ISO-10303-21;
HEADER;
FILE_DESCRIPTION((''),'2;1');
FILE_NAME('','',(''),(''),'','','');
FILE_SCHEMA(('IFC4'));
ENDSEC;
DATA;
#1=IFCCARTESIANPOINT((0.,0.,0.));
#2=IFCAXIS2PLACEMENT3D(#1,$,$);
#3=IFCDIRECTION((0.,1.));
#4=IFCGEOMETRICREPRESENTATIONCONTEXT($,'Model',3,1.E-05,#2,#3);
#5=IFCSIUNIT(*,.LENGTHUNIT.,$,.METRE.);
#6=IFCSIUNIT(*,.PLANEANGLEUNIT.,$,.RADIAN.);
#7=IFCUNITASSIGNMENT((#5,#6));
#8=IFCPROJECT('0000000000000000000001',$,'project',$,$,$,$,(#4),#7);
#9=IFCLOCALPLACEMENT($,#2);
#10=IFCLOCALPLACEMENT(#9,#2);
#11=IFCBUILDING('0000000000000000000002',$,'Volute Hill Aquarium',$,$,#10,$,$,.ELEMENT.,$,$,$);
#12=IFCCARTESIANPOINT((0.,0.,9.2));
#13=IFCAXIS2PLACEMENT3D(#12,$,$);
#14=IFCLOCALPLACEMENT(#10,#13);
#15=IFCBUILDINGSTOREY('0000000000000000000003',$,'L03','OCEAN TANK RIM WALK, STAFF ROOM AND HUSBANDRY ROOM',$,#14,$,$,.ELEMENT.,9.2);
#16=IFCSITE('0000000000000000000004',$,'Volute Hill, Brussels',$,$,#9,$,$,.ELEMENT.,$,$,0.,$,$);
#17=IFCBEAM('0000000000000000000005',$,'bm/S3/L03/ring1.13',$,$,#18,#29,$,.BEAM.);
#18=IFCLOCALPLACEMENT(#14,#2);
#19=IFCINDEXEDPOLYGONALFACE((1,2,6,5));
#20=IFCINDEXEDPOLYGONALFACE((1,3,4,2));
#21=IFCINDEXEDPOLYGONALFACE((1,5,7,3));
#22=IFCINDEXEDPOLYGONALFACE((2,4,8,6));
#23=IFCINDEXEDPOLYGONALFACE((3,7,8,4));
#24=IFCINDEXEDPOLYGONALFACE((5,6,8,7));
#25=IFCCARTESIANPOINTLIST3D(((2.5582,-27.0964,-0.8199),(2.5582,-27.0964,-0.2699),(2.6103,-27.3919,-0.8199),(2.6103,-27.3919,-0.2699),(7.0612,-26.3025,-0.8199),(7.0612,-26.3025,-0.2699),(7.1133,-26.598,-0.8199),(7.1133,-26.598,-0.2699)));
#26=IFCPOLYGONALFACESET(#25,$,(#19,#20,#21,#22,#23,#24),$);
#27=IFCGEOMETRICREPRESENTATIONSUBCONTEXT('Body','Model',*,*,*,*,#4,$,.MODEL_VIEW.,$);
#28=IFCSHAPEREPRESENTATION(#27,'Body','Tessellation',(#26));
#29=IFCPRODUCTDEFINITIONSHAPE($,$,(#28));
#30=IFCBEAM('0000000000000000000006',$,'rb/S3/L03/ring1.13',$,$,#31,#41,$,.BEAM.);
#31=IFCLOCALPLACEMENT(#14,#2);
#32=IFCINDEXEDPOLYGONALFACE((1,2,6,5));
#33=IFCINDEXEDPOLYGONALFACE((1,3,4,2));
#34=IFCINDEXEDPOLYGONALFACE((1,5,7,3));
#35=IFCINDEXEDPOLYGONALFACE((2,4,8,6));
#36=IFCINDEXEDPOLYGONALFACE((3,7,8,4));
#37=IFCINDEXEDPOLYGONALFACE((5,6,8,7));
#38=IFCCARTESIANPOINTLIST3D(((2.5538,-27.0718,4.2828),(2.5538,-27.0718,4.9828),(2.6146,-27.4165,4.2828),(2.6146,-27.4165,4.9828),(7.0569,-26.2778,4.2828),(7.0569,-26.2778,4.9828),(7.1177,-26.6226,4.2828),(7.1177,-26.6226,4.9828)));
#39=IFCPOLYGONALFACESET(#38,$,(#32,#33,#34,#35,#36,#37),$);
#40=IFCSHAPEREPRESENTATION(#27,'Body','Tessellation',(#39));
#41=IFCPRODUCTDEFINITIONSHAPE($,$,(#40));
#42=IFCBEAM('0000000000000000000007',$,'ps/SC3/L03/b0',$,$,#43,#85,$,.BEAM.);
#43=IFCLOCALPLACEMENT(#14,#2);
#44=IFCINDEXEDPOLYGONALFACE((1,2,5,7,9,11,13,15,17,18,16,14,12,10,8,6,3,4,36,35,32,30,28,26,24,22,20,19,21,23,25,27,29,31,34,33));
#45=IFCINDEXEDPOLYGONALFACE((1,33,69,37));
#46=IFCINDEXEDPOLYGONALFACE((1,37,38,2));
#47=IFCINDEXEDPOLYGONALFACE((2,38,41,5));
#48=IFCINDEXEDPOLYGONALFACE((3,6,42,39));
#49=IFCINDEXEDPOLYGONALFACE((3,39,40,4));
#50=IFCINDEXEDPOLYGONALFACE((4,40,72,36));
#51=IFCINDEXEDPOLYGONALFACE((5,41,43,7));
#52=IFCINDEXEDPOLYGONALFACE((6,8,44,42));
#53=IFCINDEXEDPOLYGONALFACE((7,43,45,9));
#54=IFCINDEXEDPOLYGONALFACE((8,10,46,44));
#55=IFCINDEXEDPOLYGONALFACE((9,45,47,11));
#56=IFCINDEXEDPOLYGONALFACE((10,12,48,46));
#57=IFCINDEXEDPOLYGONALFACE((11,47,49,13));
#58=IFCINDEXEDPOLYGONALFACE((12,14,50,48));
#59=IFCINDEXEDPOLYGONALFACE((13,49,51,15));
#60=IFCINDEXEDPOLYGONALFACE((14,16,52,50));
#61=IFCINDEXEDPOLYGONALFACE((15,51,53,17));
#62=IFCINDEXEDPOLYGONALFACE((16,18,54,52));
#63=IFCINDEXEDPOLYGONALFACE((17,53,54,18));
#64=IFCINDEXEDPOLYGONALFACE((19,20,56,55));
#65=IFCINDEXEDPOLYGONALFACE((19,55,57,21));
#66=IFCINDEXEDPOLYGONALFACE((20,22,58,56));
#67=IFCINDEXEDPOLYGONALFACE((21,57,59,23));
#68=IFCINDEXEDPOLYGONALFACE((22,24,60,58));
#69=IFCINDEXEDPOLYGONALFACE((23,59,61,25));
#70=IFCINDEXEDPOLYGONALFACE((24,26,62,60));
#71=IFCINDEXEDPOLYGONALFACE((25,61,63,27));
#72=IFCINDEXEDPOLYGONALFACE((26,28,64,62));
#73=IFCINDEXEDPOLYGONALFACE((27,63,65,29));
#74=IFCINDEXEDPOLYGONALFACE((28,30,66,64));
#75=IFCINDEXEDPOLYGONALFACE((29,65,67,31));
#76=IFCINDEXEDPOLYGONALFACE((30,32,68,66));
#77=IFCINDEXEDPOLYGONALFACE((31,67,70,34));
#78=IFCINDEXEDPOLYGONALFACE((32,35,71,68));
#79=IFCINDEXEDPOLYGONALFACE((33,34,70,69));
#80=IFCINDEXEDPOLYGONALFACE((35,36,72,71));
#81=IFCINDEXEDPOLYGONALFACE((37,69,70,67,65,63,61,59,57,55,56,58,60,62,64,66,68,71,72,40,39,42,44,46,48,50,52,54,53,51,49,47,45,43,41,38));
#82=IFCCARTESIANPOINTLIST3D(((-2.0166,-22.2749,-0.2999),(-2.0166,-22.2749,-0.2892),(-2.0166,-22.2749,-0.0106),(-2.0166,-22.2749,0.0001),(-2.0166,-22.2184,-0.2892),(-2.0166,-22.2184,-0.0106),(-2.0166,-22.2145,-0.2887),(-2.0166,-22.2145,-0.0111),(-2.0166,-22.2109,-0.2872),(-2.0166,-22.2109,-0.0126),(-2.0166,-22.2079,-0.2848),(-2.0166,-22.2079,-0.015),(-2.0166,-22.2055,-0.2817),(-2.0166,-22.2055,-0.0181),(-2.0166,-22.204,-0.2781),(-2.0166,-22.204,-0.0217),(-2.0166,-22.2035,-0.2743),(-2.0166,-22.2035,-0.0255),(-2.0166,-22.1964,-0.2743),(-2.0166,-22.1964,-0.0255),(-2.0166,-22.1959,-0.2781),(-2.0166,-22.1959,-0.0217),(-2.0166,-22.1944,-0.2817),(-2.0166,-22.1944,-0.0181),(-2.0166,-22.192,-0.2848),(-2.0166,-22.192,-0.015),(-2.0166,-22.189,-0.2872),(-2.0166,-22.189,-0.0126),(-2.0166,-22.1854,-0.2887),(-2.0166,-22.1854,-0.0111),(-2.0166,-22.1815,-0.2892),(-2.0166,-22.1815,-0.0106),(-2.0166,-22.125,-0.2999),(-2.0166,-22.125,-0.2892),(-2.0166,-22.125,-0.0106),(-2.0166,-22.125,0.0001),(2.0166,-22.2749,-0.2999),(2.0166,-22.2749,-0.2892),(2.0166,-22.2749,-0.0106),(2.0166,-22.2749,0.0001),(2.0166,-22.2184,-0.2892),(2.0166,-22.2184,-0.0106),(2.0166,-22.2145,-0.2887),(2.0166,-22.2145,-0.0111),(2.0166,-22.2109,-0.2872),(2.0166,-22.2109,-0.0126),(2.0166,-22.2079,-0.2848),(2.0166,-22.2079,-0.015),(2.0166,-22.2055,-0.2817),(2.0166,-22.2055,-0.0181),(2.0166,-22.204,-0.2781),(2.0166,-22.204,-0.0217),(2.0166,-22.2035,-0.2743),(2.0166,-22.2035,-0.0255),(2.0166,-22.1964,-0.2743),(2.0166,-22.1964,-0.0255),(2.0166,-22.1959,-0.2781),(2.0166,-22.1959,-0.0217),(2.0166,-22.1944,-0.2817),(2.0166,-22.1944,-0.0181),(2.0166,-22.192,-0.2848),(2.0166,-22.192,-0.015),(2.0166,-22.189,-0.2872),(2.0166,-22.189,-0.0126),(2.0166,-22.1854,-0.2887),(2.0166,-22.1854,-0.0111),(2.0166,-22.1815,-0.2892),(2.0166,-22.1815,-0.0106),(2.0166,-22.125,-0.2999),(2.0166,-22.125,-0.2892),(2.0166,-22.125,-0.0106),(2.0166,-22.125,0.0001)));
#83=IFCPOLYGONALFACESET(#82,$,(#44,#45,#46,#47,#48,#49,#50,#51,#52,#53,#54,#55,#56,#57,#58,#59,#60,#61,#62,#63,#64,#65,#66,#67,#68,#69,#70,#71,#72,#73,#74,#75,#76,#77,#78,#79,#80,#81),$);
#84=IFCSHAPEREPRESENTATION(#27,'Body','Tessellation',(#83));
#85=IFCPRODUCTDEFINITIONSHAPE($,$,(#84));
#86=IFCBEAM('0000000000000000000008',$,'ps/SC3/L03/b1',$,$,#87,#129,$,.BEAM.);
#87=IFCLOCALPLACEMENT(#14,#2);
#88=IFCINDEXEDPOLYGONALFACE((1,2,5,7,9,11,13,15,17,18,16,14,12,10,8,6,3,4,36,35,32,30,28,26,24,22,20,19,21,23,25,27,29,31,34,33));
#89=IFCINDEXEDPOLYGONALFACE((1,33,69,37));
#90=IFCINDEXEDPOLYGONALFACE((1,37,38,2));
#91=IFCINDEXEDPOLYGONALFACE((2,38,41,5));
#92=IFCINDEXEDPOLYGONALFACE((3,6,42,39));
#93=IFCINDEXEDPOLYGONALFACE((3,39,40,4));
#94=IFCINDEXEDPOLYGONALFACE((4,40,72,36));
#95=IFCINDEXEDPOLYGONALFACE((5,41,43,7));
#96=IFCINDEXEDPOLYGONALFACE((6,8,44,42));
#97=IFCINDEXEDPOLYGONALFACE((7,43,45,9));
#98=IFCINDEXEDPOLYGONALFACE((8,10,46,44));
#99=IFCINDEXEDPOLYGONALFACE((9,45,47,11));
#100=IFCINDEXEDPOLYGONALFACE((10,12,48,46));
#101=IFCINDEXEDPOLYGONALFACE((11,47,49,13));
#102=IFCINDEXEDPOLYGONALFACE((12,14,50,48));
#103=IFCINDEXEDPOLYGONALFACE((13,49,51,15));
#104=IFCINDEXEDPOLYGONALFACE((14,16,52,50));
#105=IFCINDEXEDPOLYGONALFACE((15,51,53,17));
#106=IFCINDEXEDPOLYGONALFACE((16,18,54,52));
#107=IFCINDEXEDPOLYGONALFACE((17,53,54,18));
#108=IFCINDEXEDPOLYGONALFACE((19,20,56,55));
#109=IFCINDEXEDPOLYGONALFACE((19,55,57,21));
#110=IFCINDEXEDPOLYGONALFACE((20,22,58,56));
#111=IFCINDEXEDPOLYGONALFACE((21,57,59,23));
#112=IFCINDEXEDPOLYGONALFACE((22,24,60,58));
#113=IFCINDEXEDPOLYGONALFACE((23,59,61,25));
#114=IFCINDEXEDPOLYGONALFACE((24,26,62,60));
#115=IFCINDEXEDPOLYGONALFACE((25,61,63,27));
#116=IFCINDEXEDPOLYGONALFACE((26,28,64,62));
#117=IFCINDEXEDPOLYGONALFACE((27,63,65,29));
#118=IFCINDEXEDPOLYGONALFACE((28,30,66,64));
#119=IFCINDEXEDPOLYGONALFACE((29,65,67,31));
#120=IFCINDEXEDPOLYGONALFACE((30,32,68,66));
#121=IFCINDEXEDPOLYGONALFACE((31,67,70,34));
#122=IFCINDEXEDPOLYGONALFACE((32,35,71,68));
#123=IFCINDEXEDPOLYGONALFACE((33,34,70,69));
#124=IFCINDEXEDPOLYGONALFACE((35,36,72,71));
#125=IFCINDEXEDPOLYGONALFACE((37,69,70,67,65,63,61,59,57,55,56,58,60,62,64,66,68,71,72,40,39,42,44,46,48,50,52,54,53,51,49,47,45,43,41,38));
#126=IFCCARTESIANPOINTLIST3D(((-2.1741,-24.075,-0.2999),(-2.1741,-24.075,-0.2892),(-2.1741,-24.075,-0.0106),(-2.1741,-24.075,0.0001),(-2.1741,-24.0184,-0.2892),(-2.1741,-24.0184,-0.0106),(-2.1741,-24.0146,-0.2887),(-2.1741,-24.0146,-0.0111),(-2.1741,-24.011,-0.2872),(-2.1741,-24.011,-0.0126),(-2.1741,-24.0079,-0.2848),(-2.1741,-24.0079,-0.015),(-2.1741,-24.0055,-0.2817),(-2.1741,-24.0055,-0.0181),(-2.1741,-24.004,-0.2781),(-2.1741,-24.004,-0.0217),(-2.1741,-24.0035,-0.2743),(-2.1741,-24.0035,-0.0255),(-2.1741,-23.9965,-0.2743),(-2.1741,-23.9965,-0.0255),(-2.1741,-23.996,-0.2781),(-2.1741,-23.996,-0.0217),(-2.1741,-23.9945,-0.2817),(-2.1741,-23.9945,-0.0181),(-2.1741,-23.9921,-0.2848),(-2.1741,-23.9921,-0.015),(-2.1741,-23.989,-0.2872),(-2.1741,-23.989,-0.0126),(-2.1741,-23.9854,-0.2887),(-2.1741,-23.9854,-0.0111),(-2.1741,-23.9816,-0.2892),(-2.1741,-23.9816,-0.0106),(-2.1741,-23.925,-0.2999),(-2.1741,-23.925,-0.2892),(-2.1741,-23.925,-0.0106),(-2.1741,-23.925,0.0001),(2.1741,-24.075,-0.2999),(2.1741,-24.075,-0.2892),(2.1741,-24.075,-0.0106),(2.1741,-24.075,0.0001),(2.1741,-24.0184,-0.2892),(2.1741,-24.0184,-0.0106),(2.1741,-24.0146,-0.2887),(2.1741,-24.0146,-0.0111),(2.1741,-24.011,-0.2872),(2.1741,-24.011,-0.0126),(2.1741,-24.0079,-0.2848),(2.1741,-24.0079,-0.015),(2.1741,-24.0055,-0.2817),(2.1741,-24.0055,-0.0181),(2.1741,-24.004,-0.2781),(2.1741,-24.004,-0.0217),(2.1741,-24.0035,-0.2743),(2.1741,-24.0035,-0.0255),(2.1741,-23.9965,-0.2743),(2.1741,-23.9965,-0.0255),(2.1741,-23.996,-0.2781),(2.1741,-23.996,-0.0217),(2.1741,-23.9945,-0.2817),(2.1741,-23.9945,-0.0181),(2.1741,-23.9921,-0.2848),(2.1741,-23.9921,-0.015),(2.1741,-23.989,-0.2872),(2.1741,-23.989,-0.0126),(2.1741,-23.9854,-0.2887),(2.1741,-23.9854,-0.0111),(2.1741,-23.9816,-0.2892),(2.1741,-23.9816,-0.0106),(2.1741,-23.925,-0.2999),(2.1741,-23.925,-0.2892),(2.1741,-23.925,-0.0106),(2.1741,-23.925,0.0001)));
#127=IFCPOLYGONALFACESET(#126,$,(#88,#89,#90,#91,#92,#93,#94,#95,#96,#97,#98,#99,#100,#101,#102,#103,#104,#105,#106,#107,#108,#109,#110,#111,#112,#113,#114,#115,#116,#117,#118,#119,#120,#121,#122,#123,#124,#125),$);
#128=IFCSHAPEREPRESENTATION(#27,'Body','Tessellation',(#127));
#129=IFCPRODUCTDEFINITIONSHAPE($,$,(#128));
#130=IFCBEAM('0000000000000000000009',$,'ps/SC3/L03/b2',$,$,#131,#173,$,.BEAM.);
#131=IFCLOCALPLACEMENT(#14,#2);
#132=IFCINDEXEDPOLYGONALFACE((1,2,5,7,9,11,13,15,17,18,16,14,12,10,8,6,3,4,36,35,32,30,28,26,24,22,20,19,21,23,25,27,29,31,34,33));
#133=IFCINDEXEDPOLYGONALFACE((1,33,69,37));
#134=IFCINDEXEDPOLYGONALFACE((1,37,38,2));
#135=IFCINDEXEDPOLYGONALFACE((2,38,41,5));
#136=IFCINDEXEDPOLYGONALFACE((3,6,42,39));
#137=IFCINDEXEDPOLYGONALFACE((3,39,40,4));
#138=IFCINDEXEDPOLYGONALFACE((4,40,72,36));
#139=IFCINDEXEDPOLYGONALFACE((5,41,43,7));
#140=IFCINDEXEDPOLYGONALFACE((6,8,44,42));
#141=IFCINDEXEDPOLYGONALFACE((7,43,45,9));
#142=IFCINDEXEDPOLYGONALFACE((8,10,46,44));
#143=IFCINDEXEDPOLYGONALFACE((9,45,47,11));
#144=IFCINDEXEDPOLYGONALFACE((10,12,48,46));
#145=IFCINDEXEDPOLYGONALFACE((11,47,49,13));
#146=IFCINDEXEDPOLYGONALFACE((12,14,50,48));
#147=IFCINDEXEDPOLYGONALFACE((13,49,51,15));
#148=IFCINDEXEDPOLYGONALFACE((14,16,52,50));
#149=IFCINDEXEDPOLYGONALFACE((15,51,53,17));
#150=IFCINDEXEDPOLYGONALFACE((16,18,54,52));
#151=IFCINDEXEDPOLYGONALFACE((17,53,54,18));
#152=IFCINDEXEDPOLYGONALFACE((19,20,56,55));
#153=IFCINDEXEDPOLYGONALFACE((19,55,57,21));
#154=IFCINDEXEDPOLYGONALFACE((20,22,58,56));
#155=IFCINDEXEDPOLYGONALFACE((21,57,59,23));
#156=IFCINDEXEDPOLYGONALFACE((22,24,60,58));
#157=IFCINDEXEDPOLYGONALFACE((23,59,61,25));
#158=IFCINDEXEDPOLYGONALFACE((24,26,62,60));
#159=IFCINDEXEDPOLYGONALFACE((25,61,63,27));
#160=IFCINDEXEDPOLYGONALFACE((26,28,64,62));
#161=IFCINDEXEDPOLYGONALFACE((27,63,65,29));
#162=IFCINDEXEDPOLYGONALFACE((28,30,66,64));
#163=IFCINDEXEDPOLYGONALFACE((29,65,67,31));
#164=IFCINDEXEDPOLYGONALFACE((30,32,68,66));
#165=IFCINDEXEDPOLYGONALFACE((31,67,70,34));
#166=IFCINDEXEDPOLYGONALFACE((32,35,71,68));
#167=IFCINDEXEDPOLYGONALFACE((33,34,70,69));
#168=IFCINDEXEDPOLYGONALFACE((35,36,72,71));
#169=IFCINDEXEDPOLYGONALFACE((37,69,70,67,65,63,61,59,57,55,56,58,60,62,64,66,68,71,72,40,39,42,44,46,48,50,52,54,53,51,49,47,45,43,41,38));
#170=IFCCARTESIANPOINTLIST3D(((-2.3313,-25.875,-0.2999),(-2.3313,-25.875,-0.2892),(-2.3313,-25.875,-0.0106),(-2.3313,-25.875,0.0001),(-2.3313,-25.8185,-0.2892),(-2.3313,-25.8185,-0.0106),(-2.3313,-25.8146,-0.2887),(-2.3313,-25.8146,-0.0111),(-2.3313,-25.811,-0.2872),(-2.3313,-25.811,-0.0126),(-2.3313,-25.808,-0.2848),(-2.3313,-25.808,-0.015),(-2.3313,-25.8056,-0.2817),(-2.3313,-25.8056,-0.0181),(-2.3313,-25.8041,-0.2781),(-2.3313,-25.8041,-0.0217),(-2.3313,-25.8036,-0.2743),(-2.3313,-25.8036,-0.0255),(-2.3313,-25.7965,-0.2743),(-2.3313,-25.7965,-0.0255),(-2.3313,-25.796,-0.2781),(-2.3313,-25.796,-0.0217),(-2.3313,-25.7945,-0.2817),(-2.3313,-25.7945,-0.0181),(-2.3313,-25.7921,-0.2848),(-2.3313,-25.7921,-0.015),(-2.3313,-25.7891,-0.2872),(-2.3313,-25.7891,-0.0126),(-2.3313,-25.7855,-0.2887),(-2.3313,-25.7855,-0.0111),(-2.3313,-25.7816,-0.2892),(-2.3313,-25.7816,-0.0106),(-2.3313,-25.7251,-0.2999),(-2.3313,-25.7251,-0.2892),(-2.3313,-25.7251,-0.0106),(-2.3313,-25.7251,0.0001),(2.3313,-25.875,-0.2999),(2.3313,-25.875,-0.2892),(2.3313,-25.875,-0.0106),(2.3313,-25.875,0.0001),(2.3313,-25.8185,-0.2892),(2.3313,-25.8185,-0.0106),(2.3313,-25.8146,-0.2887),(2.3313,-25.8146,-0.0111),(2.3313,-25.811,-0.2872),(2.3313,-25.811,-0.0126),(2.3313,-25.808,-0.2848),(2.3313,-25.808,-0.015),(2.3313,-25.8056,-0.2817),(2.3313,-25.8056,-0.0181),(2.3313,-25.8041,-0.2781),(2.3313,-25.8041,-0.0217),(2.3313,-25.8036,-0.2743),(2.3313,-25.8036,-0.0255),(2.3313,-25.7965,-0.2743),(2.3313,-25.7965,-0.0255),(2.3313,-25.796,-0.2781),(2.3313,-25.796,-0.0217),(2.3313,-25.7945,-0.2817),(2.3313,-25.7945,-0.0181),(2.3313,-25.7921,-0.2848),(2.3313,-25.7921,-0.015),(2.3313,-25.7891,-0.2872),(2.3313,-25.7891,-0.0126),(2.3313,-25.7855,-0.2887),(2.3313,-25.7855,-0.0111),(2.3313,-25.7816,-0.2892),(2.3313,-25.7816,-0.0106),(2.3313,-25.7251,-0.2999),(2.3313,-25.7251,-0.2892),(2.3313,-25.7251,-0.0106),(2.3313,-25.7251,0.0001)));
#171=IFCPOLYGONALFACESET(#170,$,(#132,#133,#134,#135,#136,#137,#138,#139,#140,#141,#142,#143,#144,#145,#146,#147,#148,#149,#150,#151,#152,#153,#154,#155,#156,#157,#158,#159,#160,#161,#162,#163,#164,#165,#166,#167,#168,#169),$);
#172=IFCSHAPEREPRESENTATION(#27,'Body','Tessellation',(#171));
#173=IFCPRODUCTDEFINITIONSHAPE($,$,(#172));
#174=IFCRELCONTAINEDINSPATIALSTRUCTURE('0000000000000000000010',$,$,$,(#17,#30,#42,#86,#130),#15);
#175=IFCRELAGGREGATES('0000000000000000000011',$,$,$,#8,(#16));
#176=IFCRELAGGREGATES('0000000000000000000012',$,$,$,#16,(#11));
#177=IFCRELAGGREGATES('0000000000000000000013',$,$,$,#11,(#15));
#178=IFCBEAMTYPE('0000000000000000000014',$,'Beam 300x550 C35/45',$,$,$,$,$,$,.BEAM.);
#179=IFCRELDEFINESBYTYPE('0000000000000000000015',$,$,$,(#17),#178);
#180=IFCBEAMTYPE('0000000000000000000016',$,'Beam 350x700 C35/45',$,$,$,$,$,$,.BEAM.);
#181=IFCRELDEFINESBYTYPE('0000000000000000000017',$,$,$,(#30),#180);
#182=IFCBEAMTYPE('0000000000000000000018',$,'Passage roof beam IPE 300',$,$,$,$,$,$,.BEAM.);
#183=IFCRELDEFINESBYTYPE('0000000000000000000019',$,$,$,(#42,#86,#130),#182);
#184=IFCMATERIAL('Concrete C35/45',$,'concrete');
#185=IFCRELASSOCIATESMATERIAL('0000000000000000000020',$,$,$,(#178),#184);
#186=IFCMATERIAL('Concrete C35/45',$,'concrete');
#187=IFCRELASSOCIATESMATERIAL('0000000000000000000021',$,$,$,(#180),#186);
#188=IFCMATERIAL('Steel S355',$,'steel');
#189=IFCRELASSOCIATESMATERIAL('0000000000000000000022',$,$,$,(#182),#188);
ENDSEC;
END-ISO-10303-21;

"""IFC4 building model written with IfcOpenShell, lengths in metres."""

from ifc_helpers import new_model, si_unit, direction, frame, origin, origin_2d, place, context, subcontext, project, spatial, rectangle, i_section, extrude, material, material_profile, profile_set, type_object, element, save


model = new_model("IFC4")

# Units and contexts
model_context = context("Model", 3, precision=1e-05, world=origin(), true_north=direction((0.0, 1.0)))
body_context = subcontext(model_context, "Body", "Model", "MODEL_VIEW")
ifc_project = project(units=[si_unit("LENGTHUNIT", "METRE"), si_unit("PLANEANGLEUNIT", "RADIAN")], contexts=[model_context])

# Site, building, storey
site_placement = place(None, origin())
site = spatial("IfcSite", under=ifc_project, at=site_placement, Name="Volute Hill, Brussels", CompositionType="ELEMENT", RefElevation=0.0)
building_placement = place(site_placement, origin())
building = spatial("IfcBuilding", under=site, at=building_placement, Name="Volute Hill Aquarium", CompositionType="ELEMENT")
storey_placement = place(building_placement, frame((0.0, 0.0, 9.2)))
storey = spatial("IfcBuildingStorey", under=building, at=storey_placement, Name="L03", Description="OCEAN TANK RIM WALK, STAFF ROOM AND HUSBANDRY ROOM", CompositionType="ELEMENT", Elevation=9.2)

# Beams
ifc_material_1 = material(Name="Concrete C35/45", Category="concrete")
ifc_material_profile_1 = material_profile(ifc_material_1, rectangle(XDim=0.3, YDim=0.55, at=origin_2d()), Name="RC beam 300x550")
ifc_profile_set_1 = profile_set([ifc_material_profile_1], Name="Concrete C35/45")
beam_type_1 = type_object("IfcBeamType", Name="Beam 300x550 C35/45", PredefinedType="BEAM", material=ifc_profile_set_1)
beam_1_placement = place(storey_placement, frame((2.5842, -27.2441, -0.5449), z_axis=(0.984811, 0.17363, 0.0), x_axis=(-0.17363, 0.984811, 0.0)))
element("IfcBeam", 1, at=beam_1_placement, inside=storey, type_object=beam_type_1, Name="bm/S3/L03/ring1.13", PredefinedType="BEAM", context=body_context, shape_type="SweptSolid", body=[
    extrude(rectangle(XDim=0.3, YDim=0.55, at=origin_2d()), origin(), (0.0, 0.0, 1.0), 4.5725),
])
ifc_material_2 = material(Name="Concrete C35/45", Category="concrete")
ifc_material_profile_2 = material_profile(ifc_material_2, rectangle(XDim=0.3501, YDim=0.7, at=origin_2d()), Name="RC beam 350x700")
ifc_profile_set_2 = profile_set([ifc_material_profile_2], Name="Concrete C35/45")
beam_type_2 = type_object("IfcBeamType", Name="Beam 350x700 C35/45", PredefinedType="BEAM", material=ifc_profile_set_2)
beam_2_placement = place(storey_placement, frame((2.5842, -27.2441, 4.6328), z_axis=(0.984811, 0.17363, 0.0), x_axis=(-0.17363, 0.984811, 0.0)))
element("IfcBeam", 2, at=beam_2_placement, inside=storey, type_object=beam_type_2, Name="rb/S3/L03/ring1.13", PredefinedType="BEAM", context=body_context, shape_type="SweptSolid", body=[
    extrude(rectangle(XDim=0.3501, YDim=0.7, at=origin_2d()), origin(), (0.0, 0.0, 1.0), 4.5725),
])
ifc_material_3 = material(Name="Steel S355", Category="steel")
ifc_material_profile_3 = material_profile(ifc_material_3, i_section(OverallWidth=0.1499, OverallDepth=0.3, WebThickness=0.0071, FlangeThickness=0.0107, FilletRadius=0.0149, at=origin_2d()), Name="IPE 300")
ifc_profile_set_3 = profile_set([ifc_material_profile_3], Name="Steel S355")
beam_type_3 = type_object("IfcBeamType", Name="Passage roof beam IPE 300", PredefinedType="BEAM", material=ifc_profile_set_3)
beam_3_placement = place(storey_placement, frame((-2.0166, -22.2, -0.1499), z_axis=(1.0, 0.0, 0.0), x_axis=(0.0, 1.0, 0.0)))
element("IfcBeam", 3, at=beam_3_placement, inside=storey, type_object=beam_type_3, Name="ps/SC3/L03/b0", PredefinedType="BEAM", context=body_context, shape_type="SweptSolid", body=[
    extrude(i_section(OverallWidth=0.1499, OverallDepth=0.3, WebThickness=0.0071, FlangeThickness=0.0107, FilletRadius=0.0149, at=origin_2d()), origin(), (0.0, 0.0, 1.0), 4.0332),
])
beam_4_placement = place(storey_placement, frame((-2.1741, -24.0, -0.1499), z_axis=(1.0, 0.0, 0.0), x_axis=(0.0, 1.0, 0.0)))
element("IfcBeam", 4, at=beam_4_placement, inside=storey, type_object=beam_type_3, Name="ps/SC3/L03/b1", PredefinedType="BEAM", context=body_context, shape_type="SweptSolid", body=[
    extrude(i_section(OverallWidth=0.1499, OverallDepth=0.3, WebThickness=0.0071, FlangeThickness=0.0107, FilletRadius=0.0149, at=origin_2d()), origin(), (0.0, 0.0, 1.0), 4.3481),
])
beam_5_placement = place(storey_placement, frame((-2.3313, -25.8, -0.1499), z_axis=(1.0, 0.0, 0.0), x_axis=(0.0, 1.0, 0.0)))
element("IfcBeam", 5, at=beam_5_placement, inside=storey, type_object=beam_type_3, Name="ps/SC3/L03/b2", PredefinedType="BEAM", context=body_context, shape_type="SweptSolid", body=[
    extrude(i_section(OverallWidth=0.1499, OverallDepth=0.3, WebThickness=0.0071, FlangeThickness=0.0107, FilletRadius=0.0149, at=origin_2d()), origin(), (0.0, 0.0, 1.0), 4.6626),
])

save(model, "model.ifc")
